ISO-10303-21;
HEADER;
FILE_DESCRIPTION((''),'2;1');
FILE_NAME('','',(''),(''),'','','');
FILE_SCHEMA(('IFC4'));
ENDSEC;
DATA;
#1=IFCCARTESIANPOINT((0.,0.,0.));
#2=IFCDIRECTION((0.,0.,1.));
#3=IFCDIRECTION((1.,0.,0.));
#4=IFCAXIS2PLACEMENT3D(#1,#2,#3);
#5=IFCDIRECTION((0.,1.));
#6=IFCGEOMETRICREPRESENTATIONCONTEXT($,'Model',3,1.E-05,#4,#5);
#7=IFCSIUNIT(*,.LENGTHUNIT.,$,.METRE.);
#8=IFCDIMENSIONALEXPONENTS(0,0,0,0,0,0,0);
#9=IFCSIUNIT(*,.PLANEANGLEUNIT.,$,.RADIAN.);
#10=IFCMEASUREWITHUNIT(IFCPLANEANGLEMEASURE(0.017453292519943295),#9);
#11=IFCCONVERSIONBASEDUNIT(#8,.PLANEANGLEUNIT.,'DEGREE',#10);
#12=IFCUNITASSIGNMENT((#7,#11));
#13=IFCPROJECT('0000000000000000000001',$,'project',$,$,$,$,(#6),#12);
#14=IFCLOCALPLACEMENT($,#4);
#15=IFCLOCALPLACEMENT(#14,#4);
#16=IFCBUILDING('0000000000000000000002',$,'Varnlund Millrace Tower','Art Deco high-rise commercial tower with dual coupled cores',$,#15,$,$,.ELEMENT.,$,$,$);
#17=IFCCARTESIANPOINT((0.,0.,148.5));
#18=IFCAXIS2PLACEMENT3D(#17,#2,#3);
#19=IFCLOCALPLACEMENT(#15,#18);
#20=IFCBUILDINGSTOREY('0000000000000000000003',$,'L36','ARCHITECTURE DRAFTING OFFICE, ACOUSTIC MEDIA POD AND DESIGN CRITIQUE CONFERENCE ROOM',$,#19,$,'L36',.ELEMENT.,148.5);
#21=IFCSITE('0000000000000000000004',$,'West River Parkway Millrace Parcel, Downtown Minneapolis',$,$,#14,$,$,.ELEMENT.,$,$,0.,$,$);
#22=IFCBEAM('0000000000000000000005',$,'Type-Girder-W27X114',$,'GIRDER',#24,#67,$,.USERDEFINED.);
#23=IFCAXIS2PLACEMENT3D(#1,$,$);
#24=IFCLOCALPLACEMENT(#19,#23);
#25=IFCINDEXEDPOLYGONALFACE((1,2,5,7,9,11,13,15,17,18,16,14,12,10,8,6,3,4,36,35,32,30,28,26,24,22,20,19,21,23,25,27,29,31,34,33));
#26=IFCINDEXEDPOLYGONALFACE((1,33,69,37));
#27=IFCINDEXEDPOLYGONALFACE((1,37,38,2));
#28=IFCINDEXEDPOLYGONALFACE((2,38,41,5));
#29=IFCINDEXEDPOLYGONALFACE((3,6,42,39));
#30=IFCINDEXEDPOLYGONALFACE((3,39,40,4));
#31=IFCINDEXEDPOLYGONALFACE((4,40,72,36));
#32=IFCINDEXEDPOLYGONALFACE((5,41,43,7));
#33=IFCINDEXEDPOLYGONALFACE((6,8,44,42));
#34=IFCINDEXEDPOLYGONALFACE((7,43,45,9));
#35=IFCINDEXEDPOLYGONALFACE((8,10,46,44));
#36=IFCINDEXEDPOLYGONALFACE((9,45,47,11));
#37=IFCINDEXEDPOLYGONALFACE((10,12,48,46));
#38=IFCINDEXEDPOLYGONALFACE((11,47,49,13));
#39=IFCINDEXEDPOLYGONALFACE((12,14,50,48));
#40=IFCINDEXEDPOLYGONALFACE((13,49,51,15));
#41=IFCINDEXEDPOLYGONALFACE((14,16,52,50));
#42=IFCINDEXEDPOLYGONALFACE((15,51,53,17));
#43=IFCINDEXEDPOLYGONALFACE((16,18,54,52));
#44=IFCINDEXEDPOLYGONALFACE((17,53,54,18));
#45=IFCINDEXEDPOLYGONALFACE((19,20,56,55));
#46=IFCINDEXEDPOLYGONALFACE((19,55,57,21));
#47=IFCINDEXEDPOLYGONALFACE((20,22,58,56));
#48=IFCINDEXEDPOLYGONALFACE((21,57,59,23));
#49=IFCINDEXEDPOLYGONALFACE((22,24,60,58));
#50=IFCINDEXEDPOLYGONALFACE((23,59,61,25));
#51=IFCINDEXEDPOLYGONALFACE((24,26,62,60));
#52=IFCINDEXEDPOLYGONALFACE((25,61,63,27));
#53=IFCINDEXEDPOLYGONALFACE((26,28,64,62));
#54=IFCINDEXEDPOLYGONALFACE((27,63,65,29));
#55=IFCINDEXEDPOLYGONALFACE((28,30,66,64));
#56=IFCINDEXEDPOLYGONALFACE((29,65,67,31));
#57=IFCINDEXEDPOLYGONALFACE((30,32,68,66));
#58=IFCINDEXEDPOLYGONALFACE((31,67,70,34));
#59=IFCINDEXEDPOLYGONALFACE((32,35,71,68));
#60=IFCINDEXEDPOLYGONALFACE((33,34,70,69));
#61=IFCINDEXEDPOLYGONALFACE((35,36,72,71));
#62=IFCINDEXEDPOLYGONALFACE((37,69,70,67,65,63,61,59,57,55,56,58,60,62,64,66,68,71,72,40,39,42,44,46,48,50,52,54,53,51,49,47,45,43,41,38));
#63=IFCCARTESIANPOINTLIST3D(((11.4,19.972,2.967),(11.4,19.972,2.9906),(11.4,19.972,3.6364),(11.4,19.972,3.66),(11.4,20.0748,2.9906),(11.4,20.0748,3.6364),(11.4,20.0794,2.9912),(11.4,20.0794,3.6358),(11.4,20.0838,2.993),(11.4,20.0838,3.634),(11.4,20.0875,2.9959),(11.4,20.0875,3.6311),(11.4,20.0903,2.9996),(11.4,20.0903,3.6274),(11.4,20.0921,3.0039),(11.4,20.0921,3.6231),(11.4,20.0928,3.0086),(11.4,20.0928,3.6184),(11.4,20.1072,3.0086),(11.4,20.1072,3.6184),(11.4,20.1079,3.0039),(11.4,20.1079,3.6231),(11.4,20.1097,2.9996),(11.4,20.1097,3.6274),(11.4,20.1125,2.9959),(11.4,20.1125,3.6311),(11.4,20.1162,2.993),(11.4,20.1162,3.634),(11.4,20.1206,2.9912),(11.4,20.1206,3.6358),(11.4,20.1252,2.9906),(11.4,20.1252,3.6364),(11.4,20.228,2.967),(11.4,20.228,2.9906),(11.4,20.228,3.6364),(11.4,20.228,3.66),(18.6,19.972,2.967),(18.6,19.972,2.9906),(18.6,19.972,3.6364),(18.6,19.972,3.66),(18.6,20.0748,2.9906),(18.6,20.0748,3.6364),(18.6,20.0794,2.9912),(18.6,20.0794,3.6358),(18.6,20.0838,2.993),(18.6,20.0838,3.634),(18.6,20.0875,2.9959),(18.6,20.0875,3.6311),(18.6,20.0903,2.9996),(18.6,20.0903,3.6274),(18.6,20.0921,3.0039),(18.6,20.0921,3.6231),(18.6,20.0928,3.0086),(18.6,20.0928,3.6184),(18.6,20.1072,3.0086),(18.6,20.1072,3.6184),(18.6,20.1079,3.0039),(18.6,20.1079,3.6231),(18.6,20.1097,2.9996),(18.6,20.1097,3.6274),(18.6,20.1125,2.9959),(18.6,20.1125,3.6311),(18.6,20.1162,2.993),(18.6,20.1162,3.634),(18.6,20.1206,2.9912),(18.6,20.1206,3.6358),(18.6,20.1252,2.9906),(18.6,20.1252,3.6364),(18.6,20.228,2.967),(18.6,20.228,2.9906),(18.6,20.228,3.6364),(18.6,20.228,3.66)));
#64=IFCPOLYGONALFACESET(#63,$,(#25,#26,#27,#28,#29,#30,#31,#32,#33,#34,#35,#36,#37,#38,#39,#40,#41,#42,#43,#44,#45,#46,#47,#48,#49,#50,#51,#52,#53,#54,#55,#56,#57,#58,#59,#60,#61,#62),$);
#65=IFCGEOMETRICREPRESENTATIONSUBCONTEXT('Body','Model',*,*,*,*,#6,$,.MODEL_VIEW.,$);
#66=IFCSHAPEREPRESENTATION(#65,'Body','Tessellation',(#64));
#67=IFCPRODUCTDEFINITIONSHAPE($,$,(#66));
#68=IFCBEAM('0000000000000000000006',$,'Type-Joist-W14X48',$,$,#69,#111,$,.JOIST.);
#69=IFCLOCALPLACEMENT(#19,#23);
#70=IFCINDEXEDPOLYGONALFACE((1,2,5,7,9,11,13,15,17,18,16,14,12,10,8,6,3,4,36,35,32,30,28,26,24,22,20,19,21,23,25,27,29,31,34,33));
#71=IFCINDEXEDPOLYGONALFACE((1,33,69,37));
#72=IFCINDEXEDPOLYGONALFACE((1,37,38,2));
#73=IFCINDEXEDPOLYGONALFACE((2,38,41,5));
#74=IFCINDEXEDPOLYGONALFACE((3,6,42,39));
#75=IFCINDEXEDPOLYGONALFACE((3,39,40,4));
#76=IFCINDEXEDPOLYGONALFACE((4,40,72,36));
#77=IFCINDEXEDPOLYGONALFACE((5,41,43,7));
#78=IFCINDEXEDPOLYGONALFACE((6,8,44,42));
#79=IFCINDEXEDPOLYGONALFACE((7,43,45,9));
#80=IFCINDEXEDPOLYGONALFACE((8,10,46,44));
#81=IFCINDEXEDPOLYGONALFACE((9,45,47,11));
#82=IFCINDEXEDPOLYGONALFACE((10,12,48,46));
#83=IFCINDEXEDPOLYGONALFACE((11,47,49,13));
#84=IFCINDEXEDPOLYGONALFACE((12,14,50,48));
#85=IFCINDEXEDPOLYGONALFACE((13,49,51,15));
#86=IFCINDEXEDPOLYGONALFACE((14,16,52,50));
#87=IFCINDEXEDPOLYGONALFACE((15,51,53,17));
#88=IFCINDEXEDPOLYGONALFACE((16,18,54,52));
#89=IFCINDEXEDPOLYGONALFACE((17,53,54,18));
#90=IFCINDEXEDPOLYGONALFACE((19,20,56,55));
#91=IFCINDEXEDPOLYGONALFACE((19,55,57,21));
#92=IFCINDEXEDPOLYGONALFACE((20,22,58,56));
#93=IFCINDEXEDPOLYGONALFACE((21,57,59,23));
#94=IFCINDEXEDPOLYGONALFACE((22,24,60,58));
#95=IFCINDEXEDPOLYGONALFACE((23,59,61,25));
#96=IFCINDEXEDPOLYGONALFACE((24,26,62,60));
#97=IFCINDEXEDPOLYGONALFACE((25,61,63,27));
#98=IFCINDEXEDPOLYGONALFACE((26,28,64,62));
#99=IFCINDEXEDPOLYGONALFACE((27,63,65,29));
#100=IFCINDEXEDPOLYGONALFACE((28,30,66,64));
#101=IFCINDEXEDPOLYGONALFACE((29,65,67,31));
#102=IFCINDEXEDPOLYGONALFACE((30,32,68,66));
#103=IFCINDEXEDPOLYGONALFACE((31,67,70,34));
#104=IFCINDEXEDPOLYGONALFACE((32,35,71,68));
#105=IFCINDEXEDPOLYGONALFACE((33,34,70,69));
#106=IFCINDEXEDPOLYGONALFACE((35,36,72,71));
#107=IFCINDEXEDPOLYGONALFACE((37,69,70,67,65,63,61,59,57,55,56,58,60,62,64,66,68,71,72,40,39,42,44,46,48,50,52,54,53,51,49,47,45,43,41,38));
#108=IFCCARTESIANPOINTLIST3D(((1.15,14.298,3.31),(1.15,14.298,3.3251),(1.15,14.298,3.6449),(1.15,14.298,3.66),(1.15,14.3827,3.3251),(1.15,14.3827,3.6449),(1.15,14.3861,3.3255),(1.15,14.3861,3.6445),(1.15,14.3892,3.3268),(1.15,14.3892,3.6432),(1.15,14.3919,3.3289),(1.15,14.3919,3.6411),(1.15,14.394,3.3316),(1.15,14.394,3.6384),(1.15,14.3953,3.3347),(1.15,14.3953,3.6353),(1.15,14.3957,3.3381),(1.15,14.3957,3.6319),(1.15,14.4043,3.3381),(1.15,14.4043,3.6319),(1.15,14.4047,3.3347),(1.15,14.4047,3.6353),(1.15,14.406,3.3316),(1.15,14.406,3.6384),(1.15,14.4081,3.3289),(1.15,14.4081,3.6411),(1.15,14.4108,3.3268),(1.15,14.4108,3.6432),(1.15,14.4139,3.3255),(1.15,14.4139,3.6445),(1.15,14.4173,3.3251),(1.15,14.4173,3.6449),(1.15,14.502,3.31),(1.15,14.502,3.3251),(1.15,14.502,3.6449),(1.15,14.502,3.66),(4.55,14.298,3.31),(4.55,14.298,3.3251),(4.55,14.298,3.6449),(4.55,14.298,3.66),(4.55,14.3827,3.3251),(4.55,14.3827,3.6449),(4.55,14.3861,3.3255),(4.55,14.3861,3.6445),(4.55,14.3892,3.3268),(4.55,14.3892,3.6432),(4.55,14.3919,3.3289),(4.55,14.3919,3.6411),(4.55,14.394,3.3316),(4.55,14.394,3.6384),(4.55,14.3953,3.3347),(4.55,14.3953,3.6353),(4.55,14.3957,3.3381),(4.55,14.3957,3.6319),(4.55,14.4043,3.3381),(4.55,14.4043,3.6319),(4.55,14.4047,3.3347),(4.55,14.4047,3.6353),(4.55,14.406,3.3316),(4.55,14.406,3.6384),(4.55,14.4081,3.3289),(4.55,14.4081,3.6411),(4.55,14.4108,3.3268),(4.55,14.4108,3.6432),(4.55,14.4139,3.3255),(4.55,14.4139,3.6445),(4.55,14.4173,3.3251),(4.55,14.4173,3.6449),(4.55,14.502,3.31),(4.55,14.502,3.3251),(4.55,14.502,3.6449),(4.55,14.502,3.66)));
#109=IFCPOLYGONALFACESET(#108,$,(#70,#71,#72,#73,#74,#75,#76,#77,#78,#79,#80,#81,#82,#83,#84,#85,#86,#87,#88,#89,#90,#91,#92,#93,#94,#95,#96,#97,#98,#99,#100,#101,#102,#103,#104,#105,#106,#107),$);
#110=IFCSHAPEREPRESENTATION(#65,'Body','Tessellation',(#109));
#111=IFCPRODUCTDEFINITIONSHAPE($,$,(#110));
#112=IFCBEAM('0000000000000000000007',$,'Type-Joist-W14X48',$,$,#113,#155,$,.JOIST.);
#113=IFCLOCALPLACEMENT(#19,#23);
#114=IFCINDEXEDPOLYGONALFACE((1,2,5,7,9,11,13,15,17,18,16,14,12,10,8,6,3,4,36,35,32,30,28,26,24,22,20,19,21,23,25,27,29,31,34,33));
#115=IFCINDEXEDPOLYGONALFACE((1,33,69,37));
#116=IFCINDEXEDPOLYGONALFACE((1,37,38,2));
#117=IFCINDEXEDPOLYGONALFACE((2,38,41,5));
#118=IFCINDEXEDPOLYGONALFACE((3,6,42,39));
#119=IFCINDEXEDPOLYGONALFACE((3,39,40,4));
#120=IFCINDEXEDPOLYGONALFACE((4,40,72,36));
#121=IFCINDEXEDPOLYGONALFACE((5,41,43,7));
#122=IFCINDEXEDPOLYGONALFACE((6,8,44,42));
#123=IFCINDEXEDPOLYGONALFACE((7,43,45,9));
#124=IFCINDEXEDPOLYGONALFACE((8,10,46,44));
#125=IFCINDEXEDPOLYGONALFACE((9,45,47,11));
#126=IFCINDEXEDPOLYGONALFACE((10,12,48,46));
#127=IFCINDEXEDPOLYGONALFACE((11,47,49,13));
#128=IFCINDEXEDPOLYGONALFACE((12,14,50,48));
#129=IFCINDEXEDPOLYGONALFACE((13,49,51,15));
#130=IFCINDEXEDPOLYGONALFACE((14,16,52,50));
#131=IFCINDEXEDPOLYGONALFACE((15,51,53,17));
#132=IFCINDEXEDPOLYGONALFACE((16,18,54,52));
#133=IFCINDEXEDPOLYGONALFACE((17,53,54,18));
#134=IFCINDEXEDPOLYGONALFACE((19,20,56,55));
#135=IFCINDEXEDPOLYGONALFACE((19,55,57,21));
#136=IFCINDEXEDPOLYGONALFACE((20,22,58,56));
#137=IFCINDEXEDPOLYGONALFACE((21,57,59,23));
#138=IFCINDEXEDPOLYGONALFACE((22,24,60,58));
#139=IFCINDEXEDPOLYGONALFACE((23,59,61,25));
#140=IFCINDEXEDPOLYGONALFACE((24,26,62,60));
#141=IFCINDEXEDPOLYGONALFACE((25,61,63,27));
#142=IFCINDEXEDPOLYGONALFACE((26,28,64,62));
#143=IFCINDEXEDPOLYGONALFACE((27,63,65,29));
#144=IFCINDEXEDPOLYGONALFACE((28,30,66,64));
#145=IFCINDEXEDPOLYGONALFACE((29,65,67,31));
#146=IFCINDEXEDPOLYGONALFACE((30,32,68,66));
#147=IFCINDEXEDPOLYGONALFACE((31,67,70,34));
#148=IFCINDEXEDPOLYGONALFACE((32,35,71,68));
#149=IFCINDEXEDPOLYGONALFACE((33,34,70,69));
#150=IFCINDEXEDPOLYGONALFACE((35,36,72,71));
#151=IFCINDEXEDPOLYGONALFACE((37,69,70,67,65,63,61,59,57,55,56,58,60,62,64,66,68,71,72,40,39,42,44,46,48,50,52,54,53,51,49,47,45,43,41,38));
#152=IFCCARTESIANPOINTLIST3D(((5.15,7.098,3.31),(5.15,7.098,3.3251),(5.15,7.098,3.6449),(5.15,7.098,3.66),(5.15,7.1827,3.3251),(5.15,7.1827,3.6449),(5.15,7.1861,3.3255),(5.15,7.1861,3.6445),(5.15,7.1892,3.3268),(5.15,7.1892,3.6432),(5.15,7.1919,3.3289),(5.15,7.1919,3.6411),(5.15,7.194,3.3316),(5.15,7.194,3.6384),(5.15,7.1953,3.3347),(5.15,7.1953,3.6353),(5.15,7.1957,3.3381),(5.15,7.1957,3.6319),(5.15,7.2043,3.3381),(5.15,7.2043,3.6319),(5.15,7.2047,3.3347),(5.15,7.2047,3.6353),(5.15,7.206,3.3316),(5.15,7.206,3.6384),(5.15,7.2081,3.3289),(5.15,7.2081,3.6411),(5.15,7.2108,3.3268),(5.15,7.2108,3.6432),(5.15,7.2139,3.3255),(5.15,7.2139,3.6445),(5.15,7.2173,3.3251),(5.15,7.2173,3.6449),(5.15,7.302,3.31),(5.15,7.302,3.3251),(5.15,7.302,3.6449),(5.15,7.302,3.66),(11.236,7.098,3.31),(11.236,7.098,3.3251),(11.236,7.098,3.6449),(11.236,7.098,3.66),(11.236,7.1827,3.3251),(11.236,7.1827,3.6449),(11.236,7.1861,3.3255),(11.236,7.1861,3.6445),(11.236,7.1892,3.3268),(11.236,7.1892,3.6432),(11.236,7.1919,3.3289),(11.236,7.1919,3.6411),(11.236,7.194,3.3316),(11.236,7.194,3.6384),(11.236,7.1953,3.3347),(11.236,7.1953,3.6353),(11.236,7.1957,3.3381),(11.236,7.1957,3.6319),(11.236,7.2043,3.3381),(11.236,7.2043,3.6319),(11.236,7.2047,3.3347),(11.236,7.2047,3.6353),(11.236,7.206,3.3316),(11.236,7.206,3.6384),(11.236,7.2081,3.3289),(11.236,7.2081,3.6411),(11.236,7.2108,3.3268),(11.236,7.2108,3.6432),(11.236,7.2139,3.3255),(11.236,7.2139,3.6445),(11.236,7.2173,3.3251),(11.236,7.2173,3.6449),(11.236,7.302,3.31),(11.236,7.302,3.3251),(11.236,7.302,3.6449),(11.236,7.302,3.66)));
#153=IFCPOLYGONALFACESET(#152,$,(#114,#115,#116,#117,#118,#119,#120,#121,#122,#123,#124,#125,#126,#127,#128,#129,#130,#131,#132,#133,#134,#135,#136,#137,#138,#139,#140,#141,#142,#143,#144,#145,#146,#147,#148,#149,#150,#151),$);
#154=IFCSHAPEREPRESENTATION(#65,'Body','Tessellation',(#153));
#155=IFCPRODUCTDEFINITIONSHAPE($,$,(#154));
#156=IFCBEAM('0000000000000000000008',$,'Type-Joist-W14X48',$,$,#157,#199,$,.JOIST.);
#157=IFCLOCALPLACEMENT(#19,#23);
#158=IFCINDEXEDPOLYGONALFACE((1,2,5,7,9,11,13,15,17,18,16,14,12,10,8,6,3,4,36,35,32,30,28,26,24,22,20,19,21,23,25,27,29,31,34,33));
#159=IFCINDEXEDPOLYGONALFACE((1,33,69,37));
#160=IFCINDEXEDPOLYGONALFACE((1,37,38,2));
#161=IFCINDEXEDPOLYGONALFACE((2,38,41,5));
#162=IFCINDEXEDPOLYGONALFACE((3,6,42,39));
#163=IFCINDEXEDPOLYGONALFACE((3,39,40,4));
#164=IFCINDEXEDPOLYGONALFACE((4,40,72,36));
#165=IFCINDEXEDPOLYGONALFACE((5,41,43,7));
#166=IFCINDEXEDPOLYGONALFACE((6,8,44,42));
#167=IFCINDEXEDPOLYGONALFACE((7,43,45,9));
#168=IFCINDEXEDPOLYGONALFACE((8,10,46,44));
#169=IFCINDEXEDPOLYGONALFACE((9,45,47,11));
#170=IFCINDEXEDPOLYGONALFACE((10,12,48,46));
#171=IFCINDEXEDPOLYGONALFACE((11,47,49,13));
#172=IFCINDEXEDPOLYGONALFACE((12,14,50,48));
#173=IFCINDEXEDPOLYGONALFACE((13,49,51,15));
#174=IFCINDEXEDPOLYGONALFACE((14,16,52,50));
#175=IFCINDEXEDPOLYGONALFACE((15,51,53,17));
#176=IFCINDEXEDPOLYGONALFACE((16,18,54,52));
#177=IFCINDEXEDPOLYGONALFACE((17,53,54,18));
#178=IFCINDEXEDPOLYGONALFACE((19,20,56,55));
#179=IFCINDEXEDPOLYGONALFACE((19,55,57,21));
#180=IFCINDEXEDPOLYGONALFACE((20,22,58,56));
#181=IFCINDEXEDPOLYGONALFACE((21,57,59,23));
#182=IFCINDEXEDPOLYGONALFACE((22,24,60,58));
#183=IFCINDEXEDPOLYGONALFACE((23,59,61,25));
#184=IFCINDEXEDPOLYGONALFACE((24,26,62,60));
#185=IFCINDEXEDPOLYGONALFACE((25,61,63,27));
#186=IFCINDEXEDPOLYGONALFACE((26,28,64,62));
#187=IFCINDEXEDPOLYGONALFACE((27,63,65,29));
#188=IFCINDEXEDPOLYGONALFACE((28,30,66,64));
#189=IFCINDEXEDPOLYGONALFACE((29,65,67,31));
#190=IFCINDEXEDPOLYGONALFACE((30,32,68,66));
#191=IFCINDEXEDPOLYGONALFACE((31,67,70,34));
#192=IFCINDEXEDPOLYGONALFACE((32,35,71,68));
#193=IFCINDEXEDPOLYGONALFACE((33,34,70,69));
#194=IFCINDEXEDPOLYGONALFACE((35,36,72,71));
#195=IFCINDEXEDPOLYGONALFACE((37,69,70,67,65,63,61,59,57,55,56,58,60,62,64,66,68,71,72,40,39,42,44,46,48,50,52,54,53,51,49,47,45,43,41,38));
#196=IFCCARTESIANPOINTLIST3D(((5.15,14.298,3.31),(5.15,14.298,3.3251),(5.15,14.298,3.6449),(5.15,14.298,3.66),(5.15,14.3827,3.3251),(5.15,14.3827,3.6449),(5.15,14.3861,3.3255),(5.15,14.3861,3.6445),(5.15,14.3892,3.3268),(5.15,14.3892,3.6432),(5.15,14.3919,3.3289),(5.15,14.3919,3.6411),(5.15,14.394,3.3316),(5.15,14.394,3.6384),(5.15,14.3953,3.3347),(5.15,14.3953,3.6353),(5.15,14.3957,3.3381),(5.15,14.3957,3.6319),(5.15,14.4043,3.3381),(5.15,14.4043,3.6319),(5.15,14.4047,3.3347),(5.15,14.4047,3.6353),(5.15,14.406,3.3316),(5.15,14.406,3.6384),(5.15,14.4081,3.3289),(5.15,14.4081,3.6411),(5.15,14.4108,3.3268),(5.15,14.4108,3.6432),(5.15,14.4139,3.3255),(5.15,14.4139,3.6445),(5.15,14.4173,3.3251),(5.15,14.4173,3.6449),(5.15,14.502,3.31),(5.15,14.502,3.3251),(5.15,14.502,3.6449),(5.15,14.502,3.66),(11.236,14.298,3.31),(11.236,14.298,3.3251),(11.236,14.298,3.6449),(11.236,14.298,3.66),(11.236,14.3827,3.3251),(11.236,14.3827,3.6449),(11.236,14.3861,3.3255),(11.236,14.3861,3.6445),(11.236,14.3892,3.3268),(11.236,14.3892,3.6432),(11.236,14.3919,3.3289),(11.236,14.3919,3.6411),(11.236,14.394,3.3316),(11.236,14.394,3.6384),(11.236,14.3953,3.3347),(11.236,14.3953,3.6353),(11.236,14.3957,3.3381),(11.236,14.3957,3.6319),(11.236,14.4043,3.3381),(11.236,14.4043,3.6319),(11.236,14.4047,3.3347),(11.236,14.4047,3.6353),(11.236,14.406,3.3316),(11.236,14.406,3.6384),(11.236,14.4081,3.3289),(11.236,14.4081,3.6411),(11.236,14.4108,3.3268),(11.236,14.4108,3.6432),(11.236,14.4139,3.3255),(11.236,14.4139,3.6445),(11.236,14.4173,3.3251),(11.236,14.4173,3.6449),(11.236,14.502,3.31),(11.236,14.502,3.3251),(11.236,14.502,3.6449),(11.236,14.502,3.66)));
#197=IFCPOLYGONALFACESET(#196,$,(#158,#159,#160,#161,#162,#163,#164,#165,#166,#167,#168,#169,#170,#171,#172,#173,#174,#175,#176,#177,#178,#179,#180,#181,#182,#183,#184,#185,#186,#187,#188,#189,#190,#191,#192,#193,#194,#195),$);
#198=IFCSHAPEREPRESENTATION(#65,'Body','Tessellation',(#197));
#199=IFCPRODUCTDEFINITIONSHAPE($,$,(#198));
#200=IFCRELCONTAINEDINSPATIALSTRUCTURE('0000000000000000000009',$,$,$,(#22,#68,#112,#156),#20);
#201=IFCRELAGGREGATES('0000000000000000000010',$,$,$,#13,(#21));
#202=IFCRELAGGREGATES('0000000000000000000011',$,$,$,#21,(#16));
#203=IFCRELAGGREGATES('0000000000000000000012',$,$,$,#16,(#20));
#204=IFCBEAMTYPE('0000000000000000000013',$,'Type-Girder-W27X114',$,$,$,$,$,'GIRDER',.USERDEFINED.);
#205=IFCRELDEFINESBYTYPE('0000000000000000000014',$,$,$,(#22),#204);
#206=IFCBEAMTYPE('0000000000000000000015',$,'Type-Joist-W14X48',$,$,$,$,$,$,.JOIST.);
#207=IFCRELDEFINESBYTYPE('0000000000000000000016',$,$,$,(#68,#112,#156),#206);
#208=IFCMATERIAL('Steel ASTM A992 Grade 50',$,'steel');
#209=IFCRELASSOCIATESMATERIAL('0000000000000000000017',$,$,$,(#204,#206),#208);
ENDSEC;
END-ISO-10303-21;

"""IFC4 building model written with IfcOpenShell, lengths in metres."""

from ifc_helpers import new_model, entity, si_unit, converted_unit, direction, frame, origin_with_axes, origin_2d_with_axis, place, context, subcontext, project, spatial, i_section, extrude, material, material_profile, profile_set, type_object, element, save


model = new_model("IFC4")

# Units and contexts
model_context = context("Model", 3, precision=1e-05, world=origin_with_axes(), true_north=direction((0.0, 1.0)))
body_context = subcontext(model_context, "Body", "Model", "MODEL_VIEW")
ifc_project = project(units=[si_unit("LENGTHUNIT", "METRE"), converted_unit("PLANEANGLEUNIT", "DEGREE", entity("IfcPlaneAngleMeasure", 0.017453292519943295), si_unit("PLANEANGLEUNIT", "RADIAN"), dimensions=[0, 0, 0, 0, 0, 0, 0])], contexts=[model_context])

# Site, building, storey
site_placement = place(None, origin_with_axes())
site = spatial("IfcSite", under=ifc_project, at=site_placement, Name="West River Parkway Millrace Parcel, Downtown Minneapolis", CompositionType="ELEMENT", RefElevation=0.0)
building_placement = place(site_placement, origin_with_axes())
building = spatial("IfcBuilding", under=site, at=building_placement, Name="Varnlund Millrace Tower", Description="Art Deco high-rise commercial tower with dual coupled cores", CompositionType="ELEMENT")
storey_placement = place(building_placement, frame((0.0, 0.0, 148.5), z_axis=(0.0, 0.0, 1.0), x_axis=(1.0, 0.0, 0.0)))
storey = spatial("IfcBuildingStorey", under=building, at=storey_placement, Name="L36", Description="ARCHITECTURE DRAFTING OFFICE, ACOUSTIC MEDIA POD AND DESIGN CRITIQUE CONFERENCE ROOM", LongName="L36", CompositionType="ELEMENT", Elevation=148.5)

# Beams
ifc_material_1 = material(Name="Steel ASTM A992 Grade 50", Category="steel")
ifc_material_profile_1 = material_profile(ifc_material_1, i_section(OverallWidth=0.256, OverallDepth=0.693, WebThickness=0.0145, FlangeThickness=0.0236, FilletRadius=0.018, at=origin_2d_with_axis()), Name="Steel ASTM A992 Grade 50")
ifc_profile_set_1 = profile_set([ifc_material_profile_1], Name="Steel ASTM A992 Grade 50")
beam_type_1 = type_object("IfcBeamType", Name="Type-Girder-W27X114", ElementType="GIRDER", PredefinedType="USERDEFINED", material=ifc_profile_set_1)
beam_1_placement = place(storey_placement, frame((11.4, 20.1, 3.3135), z_axis=(1.0, 0.0, 0.0), x_axis=(0.0, 1.0, 0.0)))
element("IfcBeam", 1, at=beam_1_placement, inside=storey, type_object=beam_type_1, Name="Type-Girder-W27X114", ObjectType="GIRDER", PredefinedType="USERDEFINED", context=body_context, shape_type="SweptSolid", body=[
    extrude(i_section(OverallWidth=0.256, OverallDepth=0.693, WebThickness=0.0145, FlangeThickness=0.0236, FilletRadius=0.018, at=origin_2d_with_axis()), origin_with_axes(), (0.0, 0.0, 1.0), 7.2),
])
ifc_material_profile_2 = material_profile(ifc_material_1, i_section(OverallWidth=0.204, OverallDepth=0.35, WebThickness=0.0086, FlangeThickness=0.0151, FilletRadius=0.013, at=origin_2d_with_axis()), Name="Steel ASTM A992 Grade 50")
ifc_profile_set_2 = profile_set([ifc_material_profile_2], Name="Steel ASTM A992 Grade 50")
beam_type_2 = type_object("IfcBeamType", Name="Type-Joist-W14X48", PredefinedType="JOIST", material=ifc_profile_set_2)
beam_2_placement = place(storey_placement, frame((1.15, 14.4, 3.485), z_axis=(1.0, 0.0, 0.0), x_axis=(0.0, 1.0, 0.0)))
element("IfcBeam", 2, at=beam_2_placement, inside=storey, type_object=beam_type_2, Name="Type-Joist-W14X48", PredefinedType="JOIST", context=body_context, shape_type="SweptSolid", body=[
    extrude(i_section(OverallWidth=0.204, OverallDepth=0.35, WebThickness=0.0086, FlangeThickness=0.0151, FilletRadius=0.013, at=origin_2d_with_axis()), origin_with_axes(), (0.0, 0.0, 1.0), 3.4),
])
for number, where, z_axis, x_axis, name in (
    (3, (5.15, 7.2, 3.485), (1.0, 0.0, 0.0), (0.0, 1.0, 0.0), "Type-Joist-W14X48"),
    (4, (5.15, 14.4, 3.485), (1.0, 0.0, 0.0), (0.0, 1.0, 0.0), "Type-Joist-W14X48"),
):
    element("IfcBeam", number, at=place(storey_placement, frame(where, z_axis=z_axis, x_axis=x_axis)), inside=storey, type_object=beam_type_2, Name=name, PredefinedType="JOIST", context=body_context, shape_type="SweptSolid", body=[
        extrude(i_section(OverallWidth=0.204, OverallDepth=0.35, WebThickness=0.0086, FlangeThickness=0.0151, FilletRadius=0.013, at=origin_2d_with_axis()), origin_with_axes(), (0.0, 0.0, 1.0), 6.086),
    ])

save(model, "model.ifc")
